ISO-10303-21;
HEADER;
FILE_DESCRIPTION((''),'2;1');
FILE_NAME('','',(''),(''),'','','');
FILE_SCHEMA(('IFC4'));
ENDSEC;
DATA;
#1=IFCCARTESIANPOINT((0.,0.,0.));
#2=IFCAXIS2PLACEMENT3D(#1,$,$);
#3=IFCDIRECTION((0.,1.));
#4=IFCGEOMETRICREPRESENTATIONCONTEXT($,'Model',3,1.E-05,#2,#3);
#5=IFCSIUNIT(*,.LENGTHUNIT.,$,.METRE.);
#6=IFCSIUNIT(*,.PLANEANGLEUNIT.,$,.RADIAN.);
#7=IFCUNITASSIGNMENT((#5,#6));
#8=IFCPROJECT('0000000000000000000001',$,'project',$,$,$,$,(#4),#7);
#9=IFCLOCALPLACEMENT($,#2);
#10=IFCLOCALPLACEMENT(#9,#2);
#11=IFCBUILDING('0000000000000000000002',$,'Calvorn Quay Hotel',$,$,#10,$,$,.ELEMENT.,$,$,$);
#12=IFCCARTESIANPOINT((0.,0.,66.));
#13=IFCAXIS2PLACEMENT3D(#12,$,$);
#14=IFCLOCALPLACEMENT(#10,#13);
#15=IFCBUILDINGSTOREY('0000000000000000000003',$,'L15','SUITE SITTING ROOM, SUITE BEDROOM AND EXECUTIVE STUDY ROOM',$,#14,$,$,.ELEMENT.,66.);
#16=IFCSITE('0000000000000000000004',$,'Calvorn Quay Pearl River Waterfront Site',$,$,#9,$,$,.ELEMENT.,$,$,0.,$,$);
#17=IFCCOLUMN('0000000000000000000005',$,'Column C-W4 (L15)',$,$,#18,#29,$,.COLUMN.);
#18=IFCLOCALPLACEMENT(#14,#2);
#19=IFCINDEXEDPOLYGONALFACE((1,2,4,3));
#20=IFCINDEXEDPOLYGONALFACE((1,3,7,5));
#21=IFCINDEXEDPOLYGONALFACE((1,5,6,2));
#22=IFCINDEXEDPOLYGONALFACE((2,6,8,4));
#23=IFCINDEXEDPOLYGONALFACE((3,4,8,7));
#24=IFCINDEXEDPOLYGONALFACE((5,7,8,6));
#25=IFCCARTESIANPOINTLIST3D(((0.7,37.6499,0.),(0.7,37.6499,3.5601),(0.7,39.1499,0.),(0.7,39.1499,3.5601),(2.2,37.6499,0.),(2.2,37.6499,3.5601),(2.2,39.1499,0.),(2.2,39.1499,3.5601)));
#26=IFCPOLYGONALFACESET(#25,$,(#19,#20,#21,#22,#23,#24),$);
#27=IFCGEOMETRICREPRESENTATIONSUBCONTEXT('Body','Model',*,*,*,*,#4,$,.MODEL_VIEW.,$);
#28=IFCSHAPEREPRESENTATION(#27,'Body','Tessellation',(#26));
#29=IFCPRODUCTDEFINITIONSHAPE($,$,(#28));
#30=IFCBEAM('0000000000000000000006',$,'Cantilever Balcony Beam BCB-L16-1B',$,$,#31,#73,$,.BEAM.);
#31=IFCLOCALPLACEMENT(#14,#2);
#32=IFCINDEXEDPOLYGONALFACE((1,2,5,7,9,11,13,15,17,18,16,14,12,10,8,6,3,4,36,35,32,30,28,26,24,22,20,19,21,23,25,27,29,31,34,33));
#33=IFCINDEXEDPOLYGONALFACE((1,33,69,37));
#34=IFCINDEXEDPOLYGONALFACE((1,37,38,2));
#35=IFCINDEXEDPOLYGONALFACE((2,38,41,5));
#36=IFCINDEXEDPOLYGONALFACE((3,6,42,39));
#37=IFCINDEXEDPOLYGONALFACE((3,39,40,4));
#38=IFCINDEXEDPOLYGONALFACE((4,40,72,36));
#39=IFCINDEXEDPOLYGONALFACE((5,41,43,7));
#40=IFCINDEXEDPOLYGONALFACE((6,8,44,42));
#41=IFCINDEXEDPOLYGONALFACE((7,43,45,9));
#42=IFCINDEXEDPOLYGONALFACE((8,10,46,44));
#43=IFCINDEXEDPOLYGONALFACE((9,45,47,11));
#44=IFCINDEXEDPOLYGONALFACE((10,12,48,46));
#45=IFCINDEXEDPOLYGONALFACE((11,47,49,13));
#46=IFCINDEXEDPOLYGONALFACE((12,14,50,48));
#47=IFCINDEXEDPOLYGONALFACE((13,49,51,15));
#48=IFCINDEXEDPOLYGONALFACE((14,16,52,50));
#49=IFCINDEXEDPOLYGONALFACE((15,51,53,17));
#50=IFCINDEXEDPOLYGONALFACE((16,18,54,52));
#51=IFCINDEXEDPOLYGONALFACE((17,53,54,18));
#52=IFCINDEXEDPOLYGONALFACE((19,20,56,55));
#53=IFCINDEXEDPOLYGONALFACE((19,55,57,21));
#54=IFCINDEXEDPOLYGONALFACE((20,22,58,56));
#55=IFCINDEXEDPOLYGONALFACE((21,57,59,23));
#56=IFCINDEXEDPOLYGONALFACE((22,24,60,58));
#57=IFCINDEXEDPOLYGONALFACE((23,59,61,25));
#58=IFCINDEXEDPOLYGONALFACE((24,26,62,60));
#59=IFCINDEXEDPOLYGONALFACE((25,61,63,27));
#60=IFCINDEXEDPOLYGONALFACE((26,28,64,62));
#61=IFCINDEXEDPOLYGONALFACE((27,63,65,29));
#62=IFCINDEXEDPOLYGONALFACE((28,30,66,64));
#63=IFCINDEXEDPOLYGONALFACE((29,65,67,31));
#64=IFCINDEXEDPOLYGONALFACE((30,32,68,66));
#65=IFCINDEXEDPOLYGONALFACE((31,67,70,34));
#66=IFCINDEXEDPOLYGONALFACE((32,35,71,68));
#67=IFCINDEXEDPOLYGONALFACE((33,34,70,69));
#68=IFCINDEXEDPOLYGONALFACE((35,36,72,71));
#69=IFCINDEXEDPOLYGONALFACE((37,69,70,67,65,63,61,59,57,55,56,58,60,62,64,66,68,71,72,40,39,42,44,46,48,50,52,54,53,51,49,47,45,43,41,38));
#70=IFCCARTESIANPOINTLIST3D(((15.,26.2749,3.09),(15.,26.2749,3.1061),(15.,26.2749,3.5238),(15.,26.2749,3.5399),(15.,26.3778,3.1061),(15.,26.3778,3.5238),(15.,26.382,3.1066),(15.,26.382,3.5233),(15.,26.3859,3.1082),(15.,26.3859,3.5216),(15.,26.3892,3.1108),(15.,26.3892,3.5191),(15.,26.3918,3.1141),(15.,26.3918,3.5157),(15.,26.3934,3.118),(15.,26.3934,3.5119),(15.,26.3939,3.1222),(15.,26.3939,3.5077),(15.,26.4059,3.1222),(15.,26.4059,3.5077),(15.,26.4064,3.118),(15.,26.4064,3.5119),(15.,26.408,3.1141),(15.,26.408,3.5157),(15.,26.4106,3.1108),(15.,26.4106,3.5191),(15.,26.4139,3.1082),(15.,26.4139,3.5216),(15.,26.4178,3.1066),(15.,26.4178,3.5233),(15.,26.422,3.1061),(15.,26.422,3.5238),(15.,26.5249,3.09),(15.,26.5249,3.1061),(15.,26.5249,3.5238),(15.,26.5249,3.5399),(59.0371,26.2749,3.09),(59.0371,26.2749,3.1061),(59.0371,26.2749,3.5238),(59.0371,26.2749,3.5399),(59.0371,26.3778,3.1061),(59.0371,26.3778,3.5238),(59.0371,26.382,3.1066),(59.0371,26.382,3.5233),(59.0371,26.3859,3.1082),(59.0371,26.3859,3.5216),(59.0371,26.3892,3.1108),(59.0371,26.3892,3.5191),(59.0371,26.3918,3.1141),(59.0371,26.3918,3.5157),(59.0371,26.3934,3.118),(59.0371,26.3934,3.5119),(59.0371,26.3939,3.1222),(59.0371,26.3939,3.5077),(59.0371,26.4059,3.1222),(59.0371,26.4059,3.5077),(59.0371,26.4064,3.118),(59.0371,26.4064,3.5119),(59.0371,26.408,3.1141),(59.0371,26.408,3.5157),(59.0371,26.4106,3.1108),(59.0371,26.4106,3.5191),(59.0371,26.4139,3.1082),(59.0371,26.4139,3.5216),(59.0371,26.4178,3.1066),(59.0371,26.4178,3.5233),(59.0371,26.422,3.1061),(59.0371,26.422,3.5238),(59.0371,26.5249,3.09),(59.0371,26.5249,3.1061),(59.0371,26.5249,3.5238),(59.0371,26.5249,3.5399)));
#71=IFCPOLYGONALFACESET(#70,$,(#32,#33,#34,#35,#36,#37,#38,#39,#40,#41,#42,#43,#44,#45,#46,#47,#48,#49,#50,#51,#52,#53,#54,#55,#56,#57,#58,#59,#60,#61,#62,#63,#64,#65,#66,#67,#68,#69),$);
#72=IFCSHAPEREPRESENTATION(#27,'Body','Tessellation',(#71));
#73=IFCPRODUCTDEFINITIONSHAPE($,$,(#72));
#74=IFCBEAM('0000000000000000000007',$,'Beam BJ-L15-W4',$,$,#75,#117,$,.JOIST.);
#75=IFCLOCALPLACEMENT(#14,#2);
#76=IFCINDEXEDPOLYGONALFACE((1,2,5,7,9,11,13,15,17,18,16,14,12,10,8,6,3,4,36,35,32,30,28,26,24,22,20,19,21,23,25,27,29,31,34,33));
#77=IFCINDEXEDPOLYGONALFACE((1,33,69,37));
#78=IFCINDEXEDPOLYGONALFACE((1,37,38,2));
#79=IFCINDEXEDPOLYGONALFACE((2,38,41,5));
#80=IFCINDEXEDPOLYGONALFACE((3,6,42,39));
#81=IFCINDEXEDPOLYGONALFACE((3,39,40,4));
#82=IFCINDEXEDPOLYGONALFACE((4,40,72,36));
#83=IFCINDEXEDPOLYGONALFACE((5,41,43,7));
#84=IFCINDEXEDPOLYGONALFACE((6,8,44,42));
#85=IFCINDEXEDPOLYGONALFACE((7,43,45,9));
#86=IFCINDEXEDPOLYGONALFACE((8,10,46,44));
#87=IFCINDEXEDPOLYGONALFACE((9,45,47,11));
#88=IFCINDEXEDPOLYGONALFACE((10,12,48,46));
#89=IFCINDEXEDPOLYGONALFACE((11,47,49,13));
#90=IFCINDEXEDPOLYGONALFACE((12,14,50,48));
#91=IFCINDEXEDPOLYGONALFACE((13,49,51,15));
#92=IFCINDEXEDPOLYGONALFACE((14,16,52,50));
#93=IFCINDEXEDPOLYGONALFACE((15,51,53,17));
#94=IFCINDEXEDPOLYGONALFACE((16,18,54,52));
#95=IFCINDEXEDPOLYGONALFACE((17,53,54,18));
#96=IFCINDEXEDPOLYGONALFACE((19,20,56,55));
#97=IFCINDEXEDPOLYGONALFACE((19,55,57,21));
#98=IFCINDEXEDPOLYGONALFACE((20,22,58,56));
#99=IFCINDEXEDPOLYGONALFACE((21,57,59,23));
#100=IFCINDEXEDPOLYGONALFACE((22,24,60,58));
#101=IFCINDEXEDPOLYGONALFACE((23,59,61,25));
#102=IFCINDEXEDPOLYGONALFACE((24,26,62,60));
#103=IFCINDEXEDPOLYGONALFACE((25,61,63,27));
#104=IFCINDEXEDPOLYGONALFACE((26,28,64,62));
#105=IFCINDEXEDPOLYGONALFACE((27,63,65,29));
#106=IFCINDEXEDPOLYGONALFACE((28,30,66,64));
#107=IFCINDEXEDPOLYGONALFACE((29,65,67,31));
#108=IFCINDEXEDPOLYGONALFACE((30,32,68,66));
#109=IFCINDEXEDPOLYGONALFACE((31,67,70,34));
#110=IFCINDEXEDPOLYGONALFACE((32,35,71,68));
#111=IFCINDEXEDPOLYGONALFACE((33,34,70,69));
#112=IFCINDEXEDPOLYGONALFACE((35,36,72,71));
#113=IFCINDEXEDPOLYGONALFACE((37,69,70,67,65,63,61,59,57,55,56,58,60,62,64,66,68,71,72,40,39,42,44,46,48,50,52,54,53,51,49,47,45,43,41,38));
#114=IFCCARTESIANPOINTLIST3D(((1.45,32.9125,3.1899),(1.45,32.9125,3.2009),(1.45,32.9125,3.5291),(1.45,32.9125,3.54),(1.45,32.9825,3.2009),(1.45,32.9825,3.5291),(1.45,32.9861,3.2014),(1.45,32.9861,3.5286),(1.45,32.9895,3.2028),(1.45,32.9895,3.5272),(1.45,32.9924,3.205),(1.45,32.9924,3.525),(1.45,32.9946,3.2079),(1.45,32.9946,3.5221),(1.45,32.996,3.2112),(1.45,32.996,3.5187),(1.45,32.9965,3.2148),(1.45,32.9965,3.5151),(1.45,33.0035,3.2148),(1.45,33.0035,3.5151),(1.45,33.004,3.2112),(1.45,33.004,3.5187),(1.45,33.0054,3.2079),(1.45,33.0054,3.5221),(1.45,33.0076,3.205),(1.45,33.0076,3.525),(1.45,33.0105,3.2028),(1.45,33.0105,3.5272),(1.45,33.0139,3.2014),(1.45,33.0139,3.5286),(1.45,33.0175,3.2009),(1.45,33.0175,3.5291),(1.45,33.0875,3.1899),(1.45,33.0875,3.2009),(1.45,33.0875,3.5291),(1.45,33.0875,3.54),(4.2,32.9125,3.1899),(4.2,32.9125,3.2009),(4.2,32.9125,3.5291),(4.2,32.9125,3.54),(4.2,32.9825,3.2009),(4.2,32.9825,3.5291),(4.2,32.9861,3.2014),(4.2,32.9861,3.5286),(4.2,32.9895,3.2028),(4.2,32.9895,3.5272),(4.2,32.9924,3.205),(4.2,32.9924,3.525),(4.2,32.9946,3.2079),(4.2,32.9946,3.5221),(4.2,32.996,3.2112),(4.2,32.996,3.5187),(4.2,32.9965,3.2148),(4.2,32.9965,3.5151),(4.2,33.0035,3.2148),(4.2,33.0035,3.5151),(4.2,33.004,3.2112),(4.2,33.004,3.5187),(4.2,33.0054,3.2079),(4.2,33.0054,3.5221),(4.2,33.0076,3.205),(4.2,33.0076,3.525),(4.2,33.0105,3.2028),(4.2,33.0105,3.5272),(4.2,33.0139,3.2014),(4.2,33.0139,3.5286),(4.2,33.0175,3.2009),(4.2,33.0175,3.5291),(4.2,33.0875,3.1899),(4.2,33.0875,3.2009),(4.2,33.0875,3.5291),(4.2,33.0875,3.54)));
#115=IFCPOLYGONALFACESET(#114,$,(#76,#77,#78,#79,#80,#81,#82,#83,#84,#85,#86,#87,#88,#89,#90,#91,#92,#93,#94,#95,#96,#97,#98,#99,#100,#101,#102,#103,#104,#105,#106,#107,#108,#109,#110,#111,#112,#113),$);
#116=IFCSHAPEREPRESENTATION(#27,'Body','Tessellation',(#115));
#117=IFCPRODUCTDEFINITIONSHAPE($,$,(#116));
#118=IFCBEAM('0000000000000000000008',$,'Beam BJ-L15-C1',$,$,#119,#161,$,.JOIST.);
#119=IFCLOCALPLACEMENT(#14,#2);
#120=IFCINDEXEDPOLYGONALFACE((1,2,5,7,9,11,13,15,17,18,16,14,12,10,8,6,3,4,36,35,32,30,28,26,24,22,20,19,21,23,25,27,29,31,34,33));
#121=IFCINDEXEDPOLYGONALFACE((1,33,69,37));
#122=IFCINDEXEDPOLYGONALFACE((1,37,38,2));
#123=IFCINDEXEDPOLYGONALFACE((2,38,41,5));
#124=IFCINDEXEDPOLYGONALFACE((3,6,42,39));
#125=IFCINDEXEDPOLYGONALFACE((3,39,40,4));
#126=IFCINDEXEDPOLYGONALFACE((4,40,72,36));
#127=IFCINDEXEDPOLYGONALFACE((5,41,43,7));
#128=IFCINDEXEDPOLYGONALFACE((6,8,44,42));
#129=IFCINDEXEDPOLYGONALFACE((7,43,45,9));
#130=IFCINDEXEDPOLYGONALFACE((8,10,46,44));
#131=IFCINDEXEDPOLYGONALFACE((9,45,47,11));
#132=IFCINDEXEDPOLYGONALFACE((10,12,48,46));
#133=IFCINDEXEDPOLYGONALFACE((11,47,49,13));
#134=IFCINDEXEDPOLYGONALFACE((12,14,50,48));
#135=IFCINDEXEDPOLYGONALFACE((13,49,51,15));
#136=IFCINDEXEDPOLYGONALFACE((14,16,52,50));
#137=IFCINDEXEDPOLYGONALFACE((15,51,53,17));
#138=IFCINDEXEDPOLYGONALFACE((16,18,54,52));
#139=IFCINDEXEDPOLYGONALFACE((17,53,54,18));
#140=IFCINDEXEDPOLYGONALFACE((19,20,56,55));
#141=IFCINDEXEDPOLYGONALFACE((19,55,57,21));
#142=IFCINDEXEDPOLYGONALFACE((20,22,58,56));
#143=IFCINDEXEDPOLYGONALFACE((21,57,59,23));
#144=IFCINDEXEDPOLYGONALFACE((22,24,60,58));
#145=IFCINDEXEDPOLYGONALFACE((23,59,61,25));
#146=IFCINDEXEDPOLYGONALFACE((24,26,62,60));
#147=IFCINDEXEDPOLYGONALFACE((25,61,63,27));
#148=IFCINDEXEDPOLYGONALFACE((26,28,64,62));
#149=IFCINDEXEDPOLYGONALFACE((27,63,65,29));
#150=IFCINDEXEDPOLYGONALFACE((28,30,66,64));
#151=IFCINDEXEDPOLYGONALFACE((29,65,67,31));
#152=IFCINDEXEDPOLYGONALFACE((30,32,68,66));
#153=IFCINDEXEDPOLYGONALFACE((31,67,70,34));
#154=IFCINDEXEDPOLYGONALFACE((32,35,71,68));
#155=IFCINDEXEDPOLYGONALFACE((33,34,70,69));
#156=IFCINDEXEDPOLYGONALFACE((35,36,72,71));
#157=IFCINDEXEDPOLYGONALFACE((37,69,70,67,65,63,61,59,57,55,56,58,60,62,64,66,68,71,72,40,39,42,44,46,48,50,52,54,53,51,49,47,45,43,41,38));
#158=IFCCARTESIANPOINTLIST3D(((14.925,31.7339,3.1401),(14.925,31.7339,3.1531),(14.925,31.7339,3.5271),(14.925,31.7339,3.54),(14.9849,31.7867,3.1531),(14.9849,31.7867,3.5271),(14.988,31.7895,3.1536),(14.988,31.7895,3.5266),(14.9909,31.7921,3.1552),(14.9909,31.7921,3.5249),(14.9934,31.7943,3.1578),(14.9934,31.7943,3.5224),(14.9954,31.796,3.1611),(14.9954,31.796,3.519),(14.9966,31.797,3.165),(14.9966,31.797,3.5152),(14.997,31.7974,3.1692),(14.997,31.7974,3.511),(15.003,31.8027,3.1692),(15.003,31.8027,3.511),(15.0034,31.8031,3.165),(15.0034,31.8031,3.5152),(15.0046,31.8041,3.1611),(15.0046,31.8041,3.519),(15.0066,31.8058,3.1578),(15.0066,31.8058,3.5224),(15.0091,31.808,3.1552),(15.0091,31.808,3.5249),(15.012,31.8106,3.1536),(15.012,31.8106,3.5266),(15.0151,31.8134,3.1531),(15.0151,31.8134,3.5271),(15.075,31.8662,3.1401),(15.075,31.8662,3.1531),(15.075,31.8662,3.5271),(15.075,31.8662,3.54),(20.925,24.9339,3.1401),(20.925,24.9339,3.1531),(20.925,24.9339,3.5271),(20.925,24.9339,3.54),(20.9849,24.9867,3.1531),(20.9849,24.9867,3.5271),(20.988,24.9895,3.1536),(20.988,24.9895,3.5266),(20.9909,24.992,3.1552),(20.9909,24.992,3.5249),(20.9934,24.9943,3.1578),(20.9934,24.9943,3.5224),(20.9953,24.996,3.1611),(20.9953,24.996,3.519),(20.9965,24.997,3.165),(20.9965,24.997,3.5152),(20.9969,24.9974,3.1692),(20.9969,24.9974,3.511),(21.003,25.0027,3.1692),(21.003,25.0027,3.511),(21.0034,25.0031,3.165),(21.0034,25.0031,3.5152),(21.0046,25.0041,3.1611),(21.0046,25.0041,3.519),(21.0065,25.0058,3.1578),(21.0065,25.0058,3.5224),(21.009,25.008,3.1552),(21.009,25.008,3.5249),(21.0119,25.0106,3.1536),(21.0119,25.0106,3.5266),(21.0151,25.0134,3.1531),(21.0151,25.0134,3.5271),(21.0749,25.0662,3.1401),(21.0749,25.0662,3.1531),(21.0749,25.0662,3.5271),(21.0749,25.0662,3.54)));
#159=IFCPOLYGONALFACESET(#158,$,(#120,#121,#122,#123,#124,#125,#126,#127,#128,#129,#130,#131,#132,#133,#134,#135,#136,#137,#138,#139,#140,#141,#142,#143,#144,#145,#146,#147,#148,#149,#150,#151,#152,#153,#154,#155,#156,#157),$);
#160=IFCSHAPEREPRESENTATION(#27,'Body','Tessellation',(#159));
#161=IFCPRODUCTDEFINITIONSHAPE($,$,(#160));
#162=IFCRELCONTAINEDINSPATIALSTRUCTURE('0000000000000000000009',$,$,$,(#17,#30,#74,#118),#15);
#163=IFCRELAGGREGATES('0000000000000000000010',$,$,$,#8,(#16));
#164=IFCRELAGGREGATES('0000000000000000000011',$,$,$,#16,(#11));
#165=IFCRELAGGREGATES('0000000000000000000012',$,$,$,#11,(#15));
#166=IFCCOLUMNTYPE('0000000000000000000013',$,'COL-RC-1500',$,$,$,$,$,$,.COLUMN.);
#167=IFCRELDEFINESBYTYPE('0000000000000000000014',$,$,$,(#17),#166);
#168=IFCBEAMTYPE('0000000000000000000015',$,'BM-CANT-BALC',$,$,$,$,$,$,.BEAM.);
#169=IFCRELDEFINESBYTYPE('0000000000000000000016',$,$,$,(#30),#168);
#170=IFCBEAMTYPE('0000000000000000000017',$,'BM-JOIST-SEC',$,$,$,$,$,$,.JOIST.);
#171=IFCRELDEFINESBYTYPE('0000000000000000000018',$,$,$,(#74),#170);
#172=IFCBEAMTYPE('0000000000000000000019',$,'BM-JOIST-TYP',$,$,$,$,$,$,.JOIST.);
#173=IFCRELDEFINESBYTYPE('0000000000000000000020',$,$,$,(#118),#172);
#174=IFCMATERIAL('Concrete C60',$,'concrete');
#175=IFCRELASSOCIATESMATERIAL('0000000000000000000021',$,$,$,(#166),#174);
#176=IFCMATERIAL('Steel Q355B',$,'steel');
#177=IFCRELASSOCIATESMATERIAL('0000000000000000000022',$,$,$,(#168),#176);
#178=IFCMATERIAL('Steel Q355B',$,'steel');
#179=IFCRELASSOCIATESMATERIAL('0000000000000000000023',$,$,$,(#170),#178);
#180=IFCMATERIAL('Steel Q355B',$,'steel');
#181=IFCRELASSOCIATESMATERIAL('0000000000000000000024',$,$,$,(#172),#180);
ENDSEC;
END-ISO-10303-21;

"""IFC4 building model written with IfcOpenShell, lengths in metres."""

from ifc_helpers import new_model, si_unit, direction, frame, origin, origin_2d, place, context, subcontext, project, spatial, rectangle, i_section, extrude, material, material_profile, profile_set, type_object, element, save


model = new_model("IFC4")

# Units and contexts
model_context = context("Model", 3, precision=1e-05, world=origin(), true_north=direction((0.0, 1.0)))
body_context = subcontext(model_context, "Body", "Model", "MODEL_VIEW")
ifc_project = project(units=[si_unit("LENGTHUNIT", "METRE"), si_unit("PLANEANGLEUNIT", "RADIAN")], contexts=[model_context])

# Site, building, storey
site_placement = place(None, origin())
site = spatial("IfcSite", under=ifc_project, at=site_placement, Name="Calvorn Quay Pearl River Waterfront Site", CompositionType="ELEMENT", RefElevation=0.0)
building_placement = place(site_placement, origin())
building = spatial("IfcBuilding", under=site, at=building_placement, Name="Calvorn Quay Hotel", CompositionType="ELEMENT")
storey_placement = place(building_placement, frame((0.0, 0.0, 66.0)))
storey = spatial("IfcBuildingStorey", under=building, at=storey_placement, Name="L15", Description="SUITE SITTING ROOM, SUITE BEDROOM AND EXECUTIVE STUDY ROOM", CompositionType="ELEMENT", Elevation=66.0)

# Column
ifc_material_1 = material(Name="Concrete C60", Category="concrete")
ifc_material_profile_1 = material_profile(ifc_material_1, rectangle(XDim=1.5, YDim=1.5, at=origin_2d()), Name="RC1500x1500")
ifc_profile_set_1 = profile_set([ifc_material_profile_1], Name="Concrete C60")
column_type = type_object("IfcColumnType", Name="COL-RC-1500", PredefinedType="COLUMN", material=ifc_profile_set_1)
column_placement = place(storey_placement, frame((1.45, 38.3999, 0.0), z_axis=(0.0, 0.0, 1.0), x_axis=(1.0, 0.0, 0.0)))
element("IfcColumn", 1, at=column_placement, inside=storey, type_object=column_type, Name="Column C-W4 (L15)", PredefinedType="COLUMN", context=body_context, shape_type="SweptSolid", body=[
    extrude(rectangle(XDim=1.5, YDim=1.5, at=origin_2d()), origin(), (0.0, 0.0, 1.0), 3.5601),
])

# Beams
ifc_material_2 = material(Name="Steel Q355B", Category="steel")
ifc_material_profile_2 = material_profile(ifc_material_2, i_section(OverallWidth=0.25, OverallDepth=0.45, WebThickness=0.012, FlangeThickness=0.0161, FilletRadius=0.0161, at=origin_2d()), Name="HN450x250x12x16")
ifc_profile_set_2 = profile_set([ifc_material_profile_2], Name="Steel Q355B")
beam_type_1 = type_object("IfcBeamType", Name="BM-CANT-BALC", PredefinedType="BEAM", material=ifc_profile_set_2)
beam_1_placement = place(storey_placement, frame((15.0, 26.3999, 3.3149), z_axis=(1.0, 0.0, 0.0), x_axis=(0.0, 1.0, 0.0)))
element("IfcBeam", 2, at=beam_1_placement, inside=storey, type_object=beam_type_1, Name="Cantilever Balcony Beam BCB-L16-1B", PredefinedType="BEAM", context=body_context, shape_type="SweptSolid", body=[
    extrude(i_section(OverallWidth=0.25, OverallDepth=0.45, WebThickness=0.012, FlangeThickness=0.0161, FilletRadius=0.0161, at=origin_2d()), origin(), (0.0, 0.0, 1.0), 44.0371),
])
ifc_material_3 = material(Name="Steel Q355B", Category="steel")
ifc_material_profile_3 = material_profile(ifc_material_3, i_section(OverallWidth=0.175, OverallDepth=0.3501, WebThickness=0.0071, FlangeThickness=0.011, FilletRadius=0.0139, at=origin_2d()), Name="HN350x175x7x11")
ifc_profile_set_3 = profile_set([ifc_material_profile_3], Name="Steel Q355B")
beam_type_2 = type_object("IfcBeamType", Name="BM-JOIST-SEC", PredefinedType="JOIST", material=ifc_profile_set_3)
beam_2_placement = place(storey_placement, frame((1.45, 33.0, 3.365), z_axis=(1.0, 0.0, 0.0), x_axis=(0.0, 1.0, 0.0)))
element("IfcBeam", 3, at=beam_2_placement, inside=storey, type_object=beam_type_2, Name="Beam BJ-L15-W4", PredefinedType="JOIST", context=body_context, shape_type="SweptSolid", body=[
    extrude(i_section(OverallWidth=0.175, OverallDepth=0.3501, WebThickness=0.0071, FlangeThickness=0.011, FilletRadius=0.0139, at=origin_2d()), origin(), (0.0, 0.0, 1.0), 2.75),
])
ifc_material_4 = material(Name="Steel Q355B", Category="steel")
ifc_material_profile_4 = material_profile(ifc_material_4, i_section(OverallWidth=0.2, OverallDepth=0.3999, WebThickness=0.0081, FlangeThickness=0.0129, FilletRadius=0.0161, at=origin_2d()), Name="HN400x200x8x13")
ifc_profile_set_4 = profile_set([ifc_material_profile_4], Name="Steel Q355B")
beam_type_3 = type_object("IfcBeamType", Name="BM-JOIST-TYP", PredefinedType="JOIST", material=ifc_profile_set_4)
beam_3_placement = place(storey_placement, frame((15.0, 31.8, 3.3401), z_axis=(0.661619, -0.74984, 0.0), x_axis=(0.74984, 0.661619, 0.0)))
element("IfcBeam", 4, at=beam_3_placement, inside=storey, type_object=beam_type_3, Name="Beam BJ-L15-C1", PredefinedType="JOIST", context=body_context, shape_type="SweptSolid", body=[
    extrude(i_section(OverallWidth=0.2, OverallDepth=0.3999, WebThickness=0.0081, FlangeThickness=0.0129, FilletRadius=0.0161, at=origin_2d()), origin(), (0.0, 0.0, 1.0), 9.0686),
])

save(model, "model.ifc")
